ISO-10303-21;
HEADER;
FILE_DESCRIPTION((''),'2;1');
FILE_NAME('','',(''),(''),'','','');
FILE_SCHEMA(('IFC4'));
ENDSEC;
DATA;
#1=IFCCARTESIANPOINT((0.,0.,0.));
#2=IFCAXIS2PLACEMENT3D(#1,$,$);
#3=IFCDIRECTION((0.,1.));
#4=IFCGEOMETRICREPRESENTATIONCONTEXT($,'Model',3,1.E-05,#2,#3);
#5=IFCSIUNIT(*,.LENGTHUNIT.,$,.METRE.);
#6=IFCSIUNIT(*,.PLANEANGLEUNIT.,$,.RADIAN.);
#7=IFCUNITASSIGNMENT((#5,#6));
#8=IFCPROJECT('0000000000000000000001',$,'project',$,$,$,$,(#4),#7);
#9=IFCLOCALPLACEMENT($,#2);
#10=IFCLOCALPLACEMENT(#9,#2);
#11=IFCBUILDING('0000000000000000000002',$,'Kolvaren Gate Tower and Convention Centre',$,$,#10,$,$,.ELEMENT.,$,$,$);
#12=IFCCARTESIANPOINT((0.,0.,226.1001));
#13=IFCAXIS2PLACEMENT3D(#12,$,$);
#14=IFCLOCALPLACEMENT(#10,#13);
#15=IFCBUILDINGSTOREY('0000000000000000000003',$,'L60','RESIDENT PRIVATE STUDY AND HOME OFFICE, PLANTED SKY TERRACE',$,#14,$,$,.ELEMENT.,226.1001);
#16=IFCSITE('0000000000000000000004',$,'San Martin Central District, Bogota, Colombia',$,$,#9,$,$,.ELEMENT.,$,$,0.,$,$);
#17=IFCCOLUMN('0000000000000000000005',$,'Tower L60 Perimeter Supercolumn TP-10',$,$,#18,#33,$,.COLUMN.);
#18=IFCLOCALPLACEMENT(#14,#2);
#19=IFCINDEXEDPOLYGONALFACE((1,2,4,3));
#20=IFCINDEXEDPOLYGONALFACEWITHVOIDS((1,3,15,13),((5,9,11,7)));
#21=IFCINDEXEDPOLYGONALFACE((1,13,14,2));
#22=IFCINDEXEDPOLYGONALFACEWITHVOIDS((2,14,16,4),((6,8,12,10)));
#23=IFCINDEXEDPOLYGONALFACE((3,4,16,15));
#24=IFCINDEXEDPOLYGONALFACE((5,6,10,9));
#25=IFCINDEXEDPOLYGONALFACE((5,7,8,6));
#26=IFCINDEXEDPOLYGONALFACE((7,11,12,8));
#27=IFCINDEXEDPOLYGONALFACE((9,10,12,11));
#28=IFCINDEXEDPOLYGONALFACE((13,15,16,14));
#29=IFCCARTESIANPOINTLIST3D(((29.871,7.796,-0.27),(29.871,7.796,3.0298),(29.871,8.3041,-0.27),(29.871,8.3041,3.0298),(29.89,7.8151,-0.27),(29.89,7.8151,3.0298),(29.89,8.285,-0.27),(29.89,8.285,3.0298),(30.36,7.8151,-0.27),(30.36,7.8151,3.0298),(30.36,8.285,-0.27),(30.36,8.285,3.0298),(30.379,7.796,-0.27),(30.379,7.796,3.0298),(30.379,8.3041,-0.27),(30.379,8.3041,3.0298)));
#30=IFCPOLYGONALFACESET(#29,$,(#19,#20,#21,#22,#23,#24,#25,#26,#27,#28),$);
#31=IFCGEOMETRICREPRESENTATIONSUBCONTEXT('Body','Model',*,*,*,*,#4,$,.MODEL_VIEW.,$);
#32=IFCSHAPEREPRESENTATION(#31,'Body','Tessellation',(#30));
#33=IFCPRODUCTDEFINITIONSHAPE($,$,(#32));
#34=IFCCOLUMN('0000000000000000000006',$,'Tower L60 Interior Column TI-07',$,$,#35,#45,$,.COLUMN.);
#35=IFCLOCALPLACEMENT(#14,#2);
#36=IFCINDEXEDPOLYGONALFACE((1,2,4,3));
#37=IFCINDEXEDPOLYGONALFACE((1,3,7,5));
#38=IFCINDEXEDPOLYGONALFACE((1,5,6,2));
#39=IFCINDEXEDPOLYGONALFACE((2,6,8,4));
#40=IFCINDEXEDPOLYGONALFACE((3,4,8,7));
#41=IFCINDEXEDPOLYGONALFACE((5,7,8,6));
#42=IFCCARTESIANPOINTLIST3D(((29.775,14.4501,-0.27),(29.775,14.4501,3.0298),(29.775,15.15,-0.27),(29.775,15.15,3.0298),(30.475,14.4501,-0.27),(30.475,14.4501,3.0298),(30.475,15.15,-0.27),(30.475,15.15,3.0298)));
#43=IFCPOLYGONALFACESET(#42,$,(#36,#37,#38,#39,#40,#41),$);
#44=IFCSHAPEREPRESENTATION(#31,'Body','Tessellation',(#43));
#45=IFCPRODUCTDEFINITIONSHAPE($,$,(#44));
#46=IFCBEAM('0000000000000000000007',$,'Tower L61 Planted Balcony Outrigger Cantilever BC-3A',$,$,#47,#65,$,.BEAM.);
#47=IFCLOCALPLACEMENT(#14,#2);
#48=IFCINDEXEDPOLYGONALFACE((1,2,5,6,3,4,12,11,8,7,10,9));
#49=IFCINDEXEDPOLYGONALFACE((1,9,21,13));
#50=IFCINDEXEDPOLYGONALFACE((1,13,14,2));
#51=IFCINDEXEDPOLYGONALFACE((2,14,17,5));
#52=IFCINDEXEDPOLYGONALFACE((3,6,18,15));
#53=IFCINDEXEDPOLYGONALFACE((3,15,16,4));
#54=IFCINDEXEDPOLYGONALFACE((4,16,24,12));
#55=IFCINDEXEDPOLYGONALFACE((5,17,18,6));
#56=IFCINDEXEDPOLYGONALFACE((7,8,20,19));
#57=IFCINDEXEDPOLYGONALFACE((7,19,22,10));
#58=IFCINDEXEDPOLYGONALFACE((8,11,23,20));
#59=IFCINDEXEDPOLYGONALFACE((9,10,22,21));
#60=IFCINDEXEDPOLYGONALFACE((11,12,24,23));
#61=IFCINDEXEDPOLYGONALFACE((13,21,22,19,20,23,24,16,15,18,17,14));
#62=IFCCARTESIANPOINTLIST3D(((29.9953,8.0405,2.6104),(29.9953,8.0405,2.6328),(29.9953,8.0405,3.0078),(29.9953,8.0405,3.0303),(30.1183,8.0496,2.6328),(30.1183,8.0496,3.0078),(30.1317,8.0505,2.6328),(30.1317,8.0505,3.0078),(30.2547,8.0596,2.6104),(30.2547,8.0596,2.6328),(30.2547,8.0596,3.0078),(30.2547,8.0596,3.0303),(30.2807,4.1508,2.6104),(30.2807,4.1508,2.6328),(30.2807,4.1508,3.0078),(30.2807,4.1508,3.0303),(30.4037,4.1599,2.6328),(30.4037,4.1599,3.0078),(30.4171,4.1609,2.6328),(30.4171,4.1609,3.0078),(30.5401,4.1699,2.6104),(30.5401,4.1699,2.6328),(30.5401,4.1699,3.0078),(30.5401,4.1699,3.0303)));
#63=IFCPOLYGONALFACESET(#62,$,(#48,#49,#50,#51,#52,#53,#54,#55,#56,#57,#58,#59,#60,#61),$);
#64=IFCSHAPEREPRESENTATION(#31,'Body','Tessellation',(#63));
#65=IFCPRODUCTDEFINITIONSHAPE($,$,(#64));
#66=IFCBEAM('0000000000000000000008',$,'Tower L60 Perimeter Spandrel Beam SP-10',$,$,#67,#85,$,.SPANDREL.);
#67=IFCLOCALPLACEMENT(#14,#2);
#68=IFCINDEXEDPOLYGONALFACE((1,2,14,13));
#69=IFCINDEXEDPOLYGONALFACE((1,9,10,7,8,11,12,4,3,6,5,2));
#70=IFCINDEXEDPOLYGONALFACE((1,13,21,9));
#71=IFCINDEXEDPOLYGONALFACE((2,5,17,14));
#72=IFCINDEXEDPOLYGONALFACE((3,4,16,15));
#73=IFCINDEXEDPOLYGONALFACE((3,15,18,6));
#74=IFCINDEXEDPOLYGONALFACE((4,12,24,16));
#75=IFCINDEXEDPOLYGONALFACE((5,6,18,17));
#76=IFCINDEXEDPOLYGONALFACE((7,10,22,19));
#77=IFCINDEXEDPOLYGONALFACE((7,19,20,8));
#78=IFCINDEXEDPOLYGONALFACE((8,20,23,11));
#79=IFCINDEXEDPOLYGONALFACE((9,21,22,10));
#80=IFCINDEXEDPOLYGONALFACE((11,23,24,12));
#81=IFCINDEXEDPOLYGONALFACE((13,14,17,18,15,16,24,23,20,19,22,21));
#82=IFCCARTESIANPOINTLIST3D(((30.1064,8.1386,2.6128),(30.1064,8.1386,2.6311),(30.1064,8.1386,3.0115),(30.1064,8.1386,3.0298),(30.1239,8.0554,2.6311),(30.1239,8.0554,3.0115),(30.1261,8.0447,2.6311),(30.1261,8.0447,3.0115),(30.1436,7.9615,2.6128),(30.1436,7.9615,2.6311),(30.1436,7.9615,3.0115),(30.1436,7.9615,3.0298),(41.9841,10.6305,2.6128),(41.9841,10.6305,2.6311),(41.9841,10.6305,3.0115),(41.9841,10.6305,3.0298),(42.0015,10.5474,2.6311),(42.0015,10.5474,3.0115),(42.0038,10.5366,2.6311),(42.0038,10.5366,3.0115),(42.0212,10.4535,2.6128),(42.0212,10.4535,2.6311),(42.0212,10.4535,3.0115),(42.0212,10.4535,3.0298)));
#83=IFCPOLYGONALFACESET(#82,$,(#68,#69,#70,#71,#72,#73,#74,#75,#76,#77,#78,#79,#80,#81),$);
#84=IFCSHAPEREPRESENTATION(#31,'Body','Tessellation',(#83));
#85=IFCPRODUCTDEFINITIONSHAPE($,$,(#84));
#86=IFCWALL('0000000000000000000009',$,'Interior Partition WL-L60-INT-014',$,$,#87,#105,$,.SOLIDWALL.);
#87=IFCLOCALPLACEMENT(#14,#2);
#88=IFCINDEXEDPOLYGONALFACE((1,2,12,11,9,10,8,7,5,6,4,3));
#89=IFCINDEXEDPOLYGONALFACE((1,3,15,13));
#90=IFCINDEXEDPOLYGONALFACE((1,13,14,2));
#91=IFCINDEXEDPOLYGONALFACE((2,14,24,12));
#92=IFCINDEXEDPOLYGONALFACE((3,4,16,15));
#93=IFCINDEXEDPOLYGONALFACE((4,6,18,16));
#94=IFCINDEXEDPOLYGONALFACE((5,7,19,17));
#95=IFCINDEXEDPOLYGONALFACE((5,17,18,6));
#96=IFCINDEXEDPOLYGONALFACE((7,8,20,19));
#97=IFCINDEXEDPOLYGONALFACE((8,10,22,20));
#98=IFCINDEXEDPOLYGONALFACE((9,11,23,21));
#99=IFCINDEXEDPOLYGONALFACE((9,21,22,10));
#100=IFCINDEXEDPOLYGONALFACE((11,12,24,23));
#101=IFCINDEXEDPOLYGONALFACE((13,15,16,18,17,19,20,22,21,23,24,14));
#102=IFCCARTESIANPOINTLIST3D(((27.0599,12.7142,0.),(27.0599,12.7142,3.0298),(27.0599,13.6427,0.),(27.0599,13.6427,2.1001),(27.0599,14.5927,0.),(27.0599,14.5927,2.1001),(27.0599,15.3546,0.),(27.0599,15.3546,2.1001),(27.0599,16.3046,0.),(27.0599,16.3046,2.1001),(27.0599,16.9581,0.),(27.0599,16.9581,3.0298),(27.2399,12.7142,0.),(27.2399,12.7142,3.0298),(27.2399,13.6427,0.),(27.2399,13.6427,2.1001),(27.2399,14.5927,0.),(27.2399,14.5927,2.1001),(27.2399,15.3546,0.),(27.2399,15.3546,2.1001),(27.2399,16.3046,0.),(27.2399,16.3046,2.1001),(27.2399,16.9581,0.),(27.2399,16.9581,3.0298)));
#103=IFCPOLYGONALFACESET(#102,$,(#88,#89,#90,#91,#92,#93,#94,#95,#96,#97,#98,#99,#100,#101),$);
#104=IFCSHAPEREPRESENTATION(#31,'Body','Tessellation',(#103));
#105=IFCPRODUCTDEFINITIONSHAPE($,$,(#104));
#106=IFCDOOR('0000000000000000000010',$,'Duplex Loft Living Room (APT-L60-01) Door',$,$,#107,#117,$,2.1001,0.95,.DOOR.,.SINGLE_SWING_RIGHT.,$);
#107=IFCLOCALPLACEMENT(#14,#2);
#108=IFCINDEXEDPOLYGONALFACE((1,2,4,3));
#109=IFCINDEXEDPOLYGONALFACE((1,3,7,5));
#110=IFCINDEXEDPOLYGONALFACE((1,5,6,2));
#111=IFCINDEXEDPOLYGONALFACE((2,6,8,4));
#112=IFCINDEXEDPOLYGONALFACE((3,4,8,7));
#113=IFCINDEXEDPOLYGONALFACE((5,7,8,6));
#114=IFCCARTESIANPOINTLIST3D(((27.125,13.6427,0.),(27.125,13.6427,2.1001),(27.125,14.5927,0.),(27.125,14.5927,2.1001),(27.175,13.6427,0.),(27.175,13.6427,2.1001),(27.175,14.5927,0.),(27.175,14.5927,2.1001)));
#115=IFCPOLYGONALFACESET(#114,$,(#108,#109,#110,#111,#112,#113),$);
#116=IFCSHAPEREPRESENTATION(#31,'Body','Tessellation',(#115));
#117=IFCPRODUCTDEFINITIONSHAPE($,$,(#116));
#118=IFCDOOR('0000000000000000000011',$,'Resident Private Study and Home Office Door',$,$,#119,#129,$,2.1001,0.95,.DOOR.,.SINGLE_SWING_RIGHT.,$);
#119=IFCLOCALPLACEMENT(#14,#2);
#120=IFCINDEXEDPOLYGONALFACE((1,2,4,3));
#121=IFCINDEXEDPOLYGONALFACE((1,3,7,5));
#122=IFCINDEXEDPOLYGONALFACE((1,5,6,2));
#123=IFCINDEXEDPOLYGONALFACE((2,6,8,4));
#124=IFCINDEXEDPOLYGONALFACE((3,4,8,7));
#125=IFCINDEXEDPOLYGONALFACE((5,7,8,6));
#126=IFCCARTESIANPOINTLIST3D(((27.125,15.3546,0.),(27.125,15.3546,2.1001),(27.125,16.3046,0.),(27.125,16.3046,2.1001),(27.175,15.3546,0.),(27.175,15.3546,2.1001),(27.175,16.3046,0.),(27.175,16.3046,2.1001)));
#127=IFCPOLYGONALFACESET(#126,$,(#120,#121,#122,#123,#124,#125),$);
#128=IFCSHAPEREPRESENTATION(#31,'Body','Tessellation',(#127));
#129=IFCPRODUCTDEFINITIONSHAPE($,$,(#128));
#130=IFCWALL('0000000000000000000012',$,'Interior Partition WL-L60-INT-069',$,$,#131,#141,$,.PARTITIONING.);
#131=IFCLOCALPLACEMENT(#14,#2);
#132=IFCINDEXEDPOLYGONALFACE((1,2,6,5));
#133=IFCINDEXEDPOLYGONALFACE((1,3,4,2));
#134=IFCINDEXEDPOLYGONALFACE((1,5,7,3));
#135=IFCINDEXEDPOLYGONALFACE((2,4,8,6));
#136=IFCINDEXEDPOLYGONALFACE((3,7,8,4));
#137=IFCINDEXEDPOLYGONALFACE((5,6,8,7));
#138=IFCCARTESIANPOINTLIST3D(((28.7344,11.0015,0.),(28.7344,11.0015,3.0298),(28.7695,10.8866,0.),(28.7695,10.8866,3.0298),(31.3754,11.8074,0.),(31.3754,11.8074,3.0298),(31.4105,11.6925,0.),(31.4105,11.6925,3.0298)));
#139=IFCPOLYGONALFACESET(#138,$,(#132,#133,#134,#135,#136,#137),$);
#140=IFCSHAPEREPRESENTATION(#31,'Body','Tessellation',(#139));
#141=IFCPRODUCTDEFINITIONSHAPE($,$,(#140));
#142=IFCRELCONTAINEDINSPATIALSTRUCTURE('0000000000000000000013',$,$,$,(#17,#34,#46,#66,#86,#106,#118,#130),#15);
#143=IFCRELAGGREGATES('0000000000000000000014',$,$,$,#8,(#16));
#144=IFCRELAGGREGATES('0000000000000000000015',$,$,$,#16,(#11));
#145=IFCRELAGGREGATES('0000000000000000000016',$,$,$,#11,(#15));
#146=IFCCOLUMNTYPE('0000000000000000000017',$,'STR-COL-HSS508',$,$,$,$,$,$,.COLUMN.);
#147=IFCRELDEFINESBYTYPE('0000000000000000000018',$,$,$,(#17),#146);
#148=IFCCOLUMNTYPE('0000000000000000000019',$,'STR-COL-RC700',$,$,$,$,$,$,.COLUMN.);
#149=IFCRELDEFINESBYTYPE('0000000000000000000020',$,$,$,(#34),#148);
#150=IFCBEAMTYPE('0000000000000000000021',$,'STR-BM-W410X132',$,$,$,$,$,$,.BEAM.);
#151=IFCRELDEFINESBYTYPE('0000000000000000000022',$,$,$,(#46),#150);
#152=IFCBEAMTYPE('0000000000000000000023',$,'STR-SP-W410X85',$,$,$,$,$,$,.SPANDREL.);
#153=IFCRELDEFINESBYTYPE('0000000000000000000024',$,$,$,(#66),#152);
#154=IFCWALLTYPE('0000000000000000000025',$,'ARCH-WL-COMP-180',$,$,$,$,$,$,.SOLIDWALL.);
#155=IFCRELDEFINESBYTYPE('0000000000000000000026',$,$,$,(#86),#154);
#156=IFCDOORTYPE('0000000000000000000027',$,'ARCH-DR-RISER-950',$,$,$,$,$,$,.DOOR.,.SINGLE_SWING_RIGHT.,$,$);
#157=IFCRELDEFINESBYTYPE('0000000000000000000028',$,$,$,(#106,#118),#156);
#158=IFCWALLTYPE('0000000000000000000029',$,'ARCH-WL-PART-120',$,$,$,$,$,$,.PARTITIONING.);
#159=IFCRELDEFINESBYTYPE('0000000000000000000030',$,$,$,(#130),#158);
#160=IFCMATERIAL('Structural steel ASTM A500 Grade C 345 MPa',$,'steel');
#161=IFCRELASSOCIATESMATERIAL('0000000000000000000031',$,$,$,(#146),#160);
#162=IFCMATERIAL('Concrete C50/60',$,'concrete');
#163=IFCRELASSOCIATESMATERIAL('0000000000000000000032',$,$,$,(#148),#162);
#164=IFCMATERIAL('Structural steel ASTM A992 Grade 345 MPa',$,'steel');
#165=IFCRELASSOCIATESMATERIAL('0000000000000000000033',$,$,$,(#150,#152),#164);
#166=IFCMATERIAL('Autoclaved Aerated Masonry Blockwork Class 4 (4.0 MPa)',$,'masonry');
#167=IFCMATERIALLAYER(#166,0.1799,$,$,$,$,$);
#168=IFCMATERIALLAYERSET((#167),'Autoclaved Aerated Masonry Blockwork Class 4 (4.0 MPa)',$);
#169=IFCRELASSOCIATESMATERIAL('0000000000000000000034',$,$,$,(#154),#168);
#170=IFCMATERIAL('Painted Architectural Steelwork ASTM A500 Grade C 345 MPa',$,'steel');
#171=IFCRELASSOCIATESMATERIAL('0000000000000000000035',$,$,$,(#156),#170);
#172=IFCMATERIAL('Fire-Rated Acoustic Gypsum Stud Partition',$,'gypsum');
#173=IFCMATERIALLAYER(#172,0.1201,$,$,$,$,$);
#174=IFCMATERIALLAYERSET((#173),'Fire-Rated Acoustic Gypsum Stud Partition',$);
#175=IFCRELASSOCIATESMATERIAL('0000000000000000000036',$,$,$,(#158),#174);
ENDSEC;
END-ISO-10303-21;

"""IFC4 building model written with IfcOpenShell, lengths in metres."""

from ifc_helpers import new_model, si_unit, direction, frame, frame_2d, origin, origin_2d, place, context, subcontext, project, spatial, rectangle, hollow_rectangle, i_section, extrude, material, layer, layer_set, material_profile, profile_set, type_object, element, fill, save


model = new_model("IFC4")

# Units and contexts
model_context = context("Model", 3, precision=1e-05, world=origin(), true_north=direction((0.0, 1.0)))
body_context = subcontext(model_context, "Body", "Model", "MODEL_VIEW")
ifc_project = project(units=[si_unit("LENGTHUNIT", "METRE"), si_unit("PLANEANGLEUNIT", "RADIAN")], contexts=[model_context])

# Site, building, storey
site_placement = place(None, origin())
site = spatial("IfcSite", under=ifc_project, at=site_placement, Name="San Martin Central District, Bogota, Colombia", CompositionType="ELEMENT", RefElevation=0.0)
building_placement = place(site_placement, origin())
building = spatial("IfcBuilding", under=site, at=building_placement, Name="Kolvaren Gate Tower and Convention Centre", CompositionType="ELEMENT")
storey_placement = place(building_placement, frame((0.0, 0.0, 226.1001)))
storey = spatial("IfcBuildingStorey", under=building, at=storey_placement, Name="L60", Description="RESIDENT PRIVATE STUDY AND HOME OFFICE, PLANTED SKY TERRACE", CompositionType="ELEMENT", Elevation=226.1001)

# Columns
ifc_material_1 = material(Name="Structural steel ASTM A500 Grade C 345 MPa", Category="steel")
ifc_material_profile_1 = material_profile(ifc_material_1, hollow_rectangle(XDim=0.5081, YDim=0.5081, WallThickness=0.019, at=origin_2d()), Name="HSS508X508X19.1")
ifc_profile_set_1 = profile_set([ifc_material_profile_1], Name="Structural steel ASTM A500 Grade C 345 MPa")
column_type_1 = type_object("IfcColumnType", Name="STR-COL-HSS508", PredefinedType="COLUMN", material=ifc_profile_set_1)
column_1_placement = place(storey_placement, frame((30.125, 8.05, -0.27), z_axis=(0.0, 0.0, 1.0), x_axis=(1.0, 0.0, 0.0)))
element("IfcColumn", 1, at=column_1_placement, inside=storey, type_object=column_type_1, Name="Tower L60 Perimeter Supercolumn TP-10", PredefinedType="COLUMN", context=body_context, shape_type="SweptSolid", body=[
    extrude(hollow_rectangle(XDim=0.5081, YDim=0.5081, WallThickness=0.019, at=origin_2d()), origin(), (0.0, 0.0, 1.0), 3.2998),
])
ifc_material_2 = material(Name="Concrete C50/60", Category="concrete")
ifc_material_profile_2 = material_profile(ifc_material_2, rectangle(XDim=0.7, YDim=0.7, at=origin_2d()), Name="RC-COL-700X700")
ifc_profile_set_2 = profile_set([ifc_material_profile_2], Name="Concrete C50/60")
column_type_2 = type_object("IfcColumnType", Name="STR-COL-RC700", PredefinedType="COLUMN", material=ifc_profile_set_2)
column_2_placement = place(storey_placement, frame((30.125, 14.8, -0.27), z_axis=(0.0, 0.0, 1.0), x_axis=(1.0, 0.0, 0.0)))
element("IfcColumn", 2, at=column_2_placement, inside=storey, type_object=column_type_2, Name="Tower L60 Interior Column TI-07", PredefinedType="COLUMN", context=body_context, shape_type="SweptSolid", body=[
    extrude(rectangle(XDim=0.7, YDim=0.7, at=origin_2d()), origin(), (0.0, 0.0, 1.0), 3.2998),
])

# Beams
ifc_material_3 = material(Name="Structural steel ASTM A992 Grade 345 MPa", Category="steel")
ifc_material_profile_3 = material_profile(ifc_material_3, i_section(OverallWidth=0.26, OverallDepth=0.4199, WebThickness=0.0134, FlangeThickness=0.0225, at=origin_2d()), Name="W410X132")
ifc_profile_set_3 = profile_set([ifc_material_profile_3], Name="Structural steel ASTM A992 Grade 345 MPa")
beam_type_1 = type_object("IfcBeamType", Name="STR-BM-W410X132", PredefinedType="BEAM", material=ifc_profile_set_3)
beam_1_placement = place(storey_placement, frame((30.125, 8.05, 2.8203), z_axis=(0.073178, -0.997319, 0.0), x_axis=(0.997319, 0.073178, 0.0)))
element("IfcBeam", 3, at=beam_1_placement, inside=storey, type_object=beam_type_1, Name="Tower L61 Planted Balcony Outrigger Cantilever BC-3A", PredefinedType="BEAM", context=body_context, shape_type="SweptSolid", body=[
    extrude(i_section(OverallWidth=0.26, OverallDepth=0.4199, WebThickness=0.0134, FlangeThickness=0.0225, at=origin_2d()), origin(), (0.0, 0.0, 1.0), 3.9001),
])
ifc_material_profile_4 = material_profile(ifc_material_3, i_section(OverallWidth=0.1809, OverallDepth=0.417, WebThickness=0.011, FlangeThickness=0.0183, at=origin_2d()), Name="W410X85")
ifc_profile_set_4 = profile_set([ifc_material_profile_4], Name="Structural steel ASTM A992 Grade 345 MPa")
beam_type_2 = type_object("IfcBeamType", Name="STR-SP-W410X85", PredefinedType="SPANDREL", material=ifc_profile_set_4)
beam_2_placement = place(storey_placement, frame((30.125, 8.05, 2.8213), z_axis=(0.978693, 0.20533, 0.0), x_axis=(-0.20533, 0.978693, 0.0)))
element("IfcBeam", 4, at=beam_2_placement, inside=storey, type_object=beam_type_2, Name="Tower L60 Perimeter Spandrel Beam SP-10", PredefinedType="SPANDREL", context=body_context, shape_type="SweptSolid", body=[
    extrude(i_section(OverallWidth=0.1809, OverallDepth=0.417, WebThickness=0.011, FlangeThickness=0.0183, at=origin_2d()), origin(), (0.0, 0.0, 1.0), 12.1362),
])

# Wall, openings, doors
ifc_material_4 = material(Name="Autoclaved Aerated Masonry Blockwork Class 4 (4.0 MPa)", Category="masonry")
ifc_layer_1 = layer(ifc_material_4, 0.1799)
ifc_layer_set_1 = layer_set([ifc_layer_1], Name="Autoclaved Aerated Masonry Blockwork Class 4 (4.0 MPa)")
wall_type_1 = type_object("IfcWallType", Name="ARCH-WL-COMP-180", PredefinedType="SOLIDWALL", material=ifc_layer_set_1)
wall_1_placement = place(storey_placement, frame((27.1499, 12.7141, 0.0), z_axis=(0.0, 0.0, 1.0), x_axis=(0.0, 1.0, 0.0)))
wall_1 = element("IfcWall", 5, at=wall_1_placement, inside=storey, type_object=wall_type_1, Name="Interior Partition WL-L60-INT-014", PredefinedType="SOLIDWALL", context=body_context, shape_type="SweptSolid", body=[
    extrude(rectangle(XDim=4.2439, YDim=0.1799, at=frame_2d((2.1221, 0.0))), origin(), (0.0, 0.0, 1.0), 3.0298),
])
opening_1_placement = place(wall_1_placement, frame((0.9285, 0.0, 0.0)))
opening_1 = element("IfcOpeningElement", 6, at=opening_1_placement, cuts=wall_1, PredefinedType="OPENING", context=body_context, shape_type="SweptSolid", body=[
    extrude(rectangle(XDim=0.95, YDim=2.1001, at=frame_2d((0.4751, 1.05))), frame((0.0, 0.0999, 0.0), z_axis=(0.0, -1.0, 0.0), x_axis=(1.0, 0.0, 0.0)), (0.0, 0.0, 1.0), 0.2),
])
opening_2_placement = place(wall_1_placement, frame((2.6404, 0.0, 0.0)))
opening_2 = element("IfcOpeningElement", 7, at=opening_2_placement, cuts=wall_1, PredefinedType="OPENING", context=body_context, shape_type="SweptSolid", body=[
    extrude(rectangle(XDim=0.95, YDim=2.1001, at=frame_2d((0.4751, 1.05))), frame((0.0, 0.0999, 0.0), z_axis=(0.0, -1.0, 0.0), x_axis=(1.0, 0.0, 0.0)), (0.0, 0.0, 1.0), 0.2),
])
ifc_material_5 = material(Name="Painted Architectural Steelwork ASTM A500 Grade C 345 MPa", Category="steel")
door_type_1 = type_object("IfcDoorType", Name="ARCH-DR-RISER-950", OperationType="SINGLE_SWING_RIGHT", PredefinedType="DOOR", material=ifc_material_5)
door_1_placement = place(opening_1_placement, origin())
door_1 = element("IfcDoor", 8, at=door_1_placement, inside=storey, type_object=door_type_1, Name="Duplex Loft Living Room (APT-L60-01) Door", OperationType="SINGLE_SWING_RIGHT", OverallHeight=2.1001, OverallWidth=0.95, PredefinedType="DOOR", context=body_context, shape_type="SweptSolid", body=[
    extrude(rectangle(XDim=0.95, YDim=2.1001, at=frame_2d((0.4751, 1.05))), frame((0.0, 0.0249, 0.0), z_axis=(0.0, -1.0, 0.0), x_axis=(1.0, 0.0, 0.0)), (0.0, 0.0, 1.0), 0.05),
])
fill(opening_1, door_1)
door_2_placement = place(opening_2_placement, origin())
door_2 = element("IfcDoor", 9, at=door_2_placement, inside=storey, type_object=door_type_1, Name="Resident Private Study and Home Office Door", OperationType="SINGLE_SWING_RIGHT", OverallHeight=2.1001, OverallWidth=0.95, PredefinedType="DOOR", context=body_context, shape_type="SweptSolid", body=[
    extrude(rectangle(XDim=0.95, YDim=2.1001, at=frame_2d((0.4751, 1.05))), frame((0.0, 0.0249, 0.0), z_axis=(0.0, -1.0, 0.0), x_axis=(1.0, 0.0, 0.0)), (0.0, 0.0, 1.0), 0.05),
])
fill(opening_2, door_2)

# Wall
ifc_material_6 = material(Name="Fire-Rated Acoustic Gypsum Stud Partition", Category="gypsum")
ifc_layer_2 = layer(ifc_material_6, 0.1201)
ifc_layer_set_2 = layer_set([ifc_layer_2], Name="Fire-Rated Acoustic Gypsum Stud Partition")
wall_type_2 = type_object("IfcWallType", Name="ARCH-WL-PART-120", PredefinedType="PARTITIONING", material=ifc_layer_set_2)
wall_2_placement = place(storey_placement, frame((28.752, 10.9441, 0.0), z_axis=(0.0, 0.0, 1.0), x_axis=(0.956463, 0.291855, 0.0)))
element("IfcWall", 10, at=wall_2_placement, inside=storey, type_object=wall_type_2, Name="Interior Partition WL-L60-INT-069", PredefinedType="PARTITIONING", context=body_context, shape_type="SweptSolid", body=[
    extrude(rectangle(XDim=2.7612, YDim=0.1201, at=frame_2d((1.3806, 0.0))), origin(), (0.0, 0.0, 1.0), 3.0298),
])

save(model, "model.ifc")
